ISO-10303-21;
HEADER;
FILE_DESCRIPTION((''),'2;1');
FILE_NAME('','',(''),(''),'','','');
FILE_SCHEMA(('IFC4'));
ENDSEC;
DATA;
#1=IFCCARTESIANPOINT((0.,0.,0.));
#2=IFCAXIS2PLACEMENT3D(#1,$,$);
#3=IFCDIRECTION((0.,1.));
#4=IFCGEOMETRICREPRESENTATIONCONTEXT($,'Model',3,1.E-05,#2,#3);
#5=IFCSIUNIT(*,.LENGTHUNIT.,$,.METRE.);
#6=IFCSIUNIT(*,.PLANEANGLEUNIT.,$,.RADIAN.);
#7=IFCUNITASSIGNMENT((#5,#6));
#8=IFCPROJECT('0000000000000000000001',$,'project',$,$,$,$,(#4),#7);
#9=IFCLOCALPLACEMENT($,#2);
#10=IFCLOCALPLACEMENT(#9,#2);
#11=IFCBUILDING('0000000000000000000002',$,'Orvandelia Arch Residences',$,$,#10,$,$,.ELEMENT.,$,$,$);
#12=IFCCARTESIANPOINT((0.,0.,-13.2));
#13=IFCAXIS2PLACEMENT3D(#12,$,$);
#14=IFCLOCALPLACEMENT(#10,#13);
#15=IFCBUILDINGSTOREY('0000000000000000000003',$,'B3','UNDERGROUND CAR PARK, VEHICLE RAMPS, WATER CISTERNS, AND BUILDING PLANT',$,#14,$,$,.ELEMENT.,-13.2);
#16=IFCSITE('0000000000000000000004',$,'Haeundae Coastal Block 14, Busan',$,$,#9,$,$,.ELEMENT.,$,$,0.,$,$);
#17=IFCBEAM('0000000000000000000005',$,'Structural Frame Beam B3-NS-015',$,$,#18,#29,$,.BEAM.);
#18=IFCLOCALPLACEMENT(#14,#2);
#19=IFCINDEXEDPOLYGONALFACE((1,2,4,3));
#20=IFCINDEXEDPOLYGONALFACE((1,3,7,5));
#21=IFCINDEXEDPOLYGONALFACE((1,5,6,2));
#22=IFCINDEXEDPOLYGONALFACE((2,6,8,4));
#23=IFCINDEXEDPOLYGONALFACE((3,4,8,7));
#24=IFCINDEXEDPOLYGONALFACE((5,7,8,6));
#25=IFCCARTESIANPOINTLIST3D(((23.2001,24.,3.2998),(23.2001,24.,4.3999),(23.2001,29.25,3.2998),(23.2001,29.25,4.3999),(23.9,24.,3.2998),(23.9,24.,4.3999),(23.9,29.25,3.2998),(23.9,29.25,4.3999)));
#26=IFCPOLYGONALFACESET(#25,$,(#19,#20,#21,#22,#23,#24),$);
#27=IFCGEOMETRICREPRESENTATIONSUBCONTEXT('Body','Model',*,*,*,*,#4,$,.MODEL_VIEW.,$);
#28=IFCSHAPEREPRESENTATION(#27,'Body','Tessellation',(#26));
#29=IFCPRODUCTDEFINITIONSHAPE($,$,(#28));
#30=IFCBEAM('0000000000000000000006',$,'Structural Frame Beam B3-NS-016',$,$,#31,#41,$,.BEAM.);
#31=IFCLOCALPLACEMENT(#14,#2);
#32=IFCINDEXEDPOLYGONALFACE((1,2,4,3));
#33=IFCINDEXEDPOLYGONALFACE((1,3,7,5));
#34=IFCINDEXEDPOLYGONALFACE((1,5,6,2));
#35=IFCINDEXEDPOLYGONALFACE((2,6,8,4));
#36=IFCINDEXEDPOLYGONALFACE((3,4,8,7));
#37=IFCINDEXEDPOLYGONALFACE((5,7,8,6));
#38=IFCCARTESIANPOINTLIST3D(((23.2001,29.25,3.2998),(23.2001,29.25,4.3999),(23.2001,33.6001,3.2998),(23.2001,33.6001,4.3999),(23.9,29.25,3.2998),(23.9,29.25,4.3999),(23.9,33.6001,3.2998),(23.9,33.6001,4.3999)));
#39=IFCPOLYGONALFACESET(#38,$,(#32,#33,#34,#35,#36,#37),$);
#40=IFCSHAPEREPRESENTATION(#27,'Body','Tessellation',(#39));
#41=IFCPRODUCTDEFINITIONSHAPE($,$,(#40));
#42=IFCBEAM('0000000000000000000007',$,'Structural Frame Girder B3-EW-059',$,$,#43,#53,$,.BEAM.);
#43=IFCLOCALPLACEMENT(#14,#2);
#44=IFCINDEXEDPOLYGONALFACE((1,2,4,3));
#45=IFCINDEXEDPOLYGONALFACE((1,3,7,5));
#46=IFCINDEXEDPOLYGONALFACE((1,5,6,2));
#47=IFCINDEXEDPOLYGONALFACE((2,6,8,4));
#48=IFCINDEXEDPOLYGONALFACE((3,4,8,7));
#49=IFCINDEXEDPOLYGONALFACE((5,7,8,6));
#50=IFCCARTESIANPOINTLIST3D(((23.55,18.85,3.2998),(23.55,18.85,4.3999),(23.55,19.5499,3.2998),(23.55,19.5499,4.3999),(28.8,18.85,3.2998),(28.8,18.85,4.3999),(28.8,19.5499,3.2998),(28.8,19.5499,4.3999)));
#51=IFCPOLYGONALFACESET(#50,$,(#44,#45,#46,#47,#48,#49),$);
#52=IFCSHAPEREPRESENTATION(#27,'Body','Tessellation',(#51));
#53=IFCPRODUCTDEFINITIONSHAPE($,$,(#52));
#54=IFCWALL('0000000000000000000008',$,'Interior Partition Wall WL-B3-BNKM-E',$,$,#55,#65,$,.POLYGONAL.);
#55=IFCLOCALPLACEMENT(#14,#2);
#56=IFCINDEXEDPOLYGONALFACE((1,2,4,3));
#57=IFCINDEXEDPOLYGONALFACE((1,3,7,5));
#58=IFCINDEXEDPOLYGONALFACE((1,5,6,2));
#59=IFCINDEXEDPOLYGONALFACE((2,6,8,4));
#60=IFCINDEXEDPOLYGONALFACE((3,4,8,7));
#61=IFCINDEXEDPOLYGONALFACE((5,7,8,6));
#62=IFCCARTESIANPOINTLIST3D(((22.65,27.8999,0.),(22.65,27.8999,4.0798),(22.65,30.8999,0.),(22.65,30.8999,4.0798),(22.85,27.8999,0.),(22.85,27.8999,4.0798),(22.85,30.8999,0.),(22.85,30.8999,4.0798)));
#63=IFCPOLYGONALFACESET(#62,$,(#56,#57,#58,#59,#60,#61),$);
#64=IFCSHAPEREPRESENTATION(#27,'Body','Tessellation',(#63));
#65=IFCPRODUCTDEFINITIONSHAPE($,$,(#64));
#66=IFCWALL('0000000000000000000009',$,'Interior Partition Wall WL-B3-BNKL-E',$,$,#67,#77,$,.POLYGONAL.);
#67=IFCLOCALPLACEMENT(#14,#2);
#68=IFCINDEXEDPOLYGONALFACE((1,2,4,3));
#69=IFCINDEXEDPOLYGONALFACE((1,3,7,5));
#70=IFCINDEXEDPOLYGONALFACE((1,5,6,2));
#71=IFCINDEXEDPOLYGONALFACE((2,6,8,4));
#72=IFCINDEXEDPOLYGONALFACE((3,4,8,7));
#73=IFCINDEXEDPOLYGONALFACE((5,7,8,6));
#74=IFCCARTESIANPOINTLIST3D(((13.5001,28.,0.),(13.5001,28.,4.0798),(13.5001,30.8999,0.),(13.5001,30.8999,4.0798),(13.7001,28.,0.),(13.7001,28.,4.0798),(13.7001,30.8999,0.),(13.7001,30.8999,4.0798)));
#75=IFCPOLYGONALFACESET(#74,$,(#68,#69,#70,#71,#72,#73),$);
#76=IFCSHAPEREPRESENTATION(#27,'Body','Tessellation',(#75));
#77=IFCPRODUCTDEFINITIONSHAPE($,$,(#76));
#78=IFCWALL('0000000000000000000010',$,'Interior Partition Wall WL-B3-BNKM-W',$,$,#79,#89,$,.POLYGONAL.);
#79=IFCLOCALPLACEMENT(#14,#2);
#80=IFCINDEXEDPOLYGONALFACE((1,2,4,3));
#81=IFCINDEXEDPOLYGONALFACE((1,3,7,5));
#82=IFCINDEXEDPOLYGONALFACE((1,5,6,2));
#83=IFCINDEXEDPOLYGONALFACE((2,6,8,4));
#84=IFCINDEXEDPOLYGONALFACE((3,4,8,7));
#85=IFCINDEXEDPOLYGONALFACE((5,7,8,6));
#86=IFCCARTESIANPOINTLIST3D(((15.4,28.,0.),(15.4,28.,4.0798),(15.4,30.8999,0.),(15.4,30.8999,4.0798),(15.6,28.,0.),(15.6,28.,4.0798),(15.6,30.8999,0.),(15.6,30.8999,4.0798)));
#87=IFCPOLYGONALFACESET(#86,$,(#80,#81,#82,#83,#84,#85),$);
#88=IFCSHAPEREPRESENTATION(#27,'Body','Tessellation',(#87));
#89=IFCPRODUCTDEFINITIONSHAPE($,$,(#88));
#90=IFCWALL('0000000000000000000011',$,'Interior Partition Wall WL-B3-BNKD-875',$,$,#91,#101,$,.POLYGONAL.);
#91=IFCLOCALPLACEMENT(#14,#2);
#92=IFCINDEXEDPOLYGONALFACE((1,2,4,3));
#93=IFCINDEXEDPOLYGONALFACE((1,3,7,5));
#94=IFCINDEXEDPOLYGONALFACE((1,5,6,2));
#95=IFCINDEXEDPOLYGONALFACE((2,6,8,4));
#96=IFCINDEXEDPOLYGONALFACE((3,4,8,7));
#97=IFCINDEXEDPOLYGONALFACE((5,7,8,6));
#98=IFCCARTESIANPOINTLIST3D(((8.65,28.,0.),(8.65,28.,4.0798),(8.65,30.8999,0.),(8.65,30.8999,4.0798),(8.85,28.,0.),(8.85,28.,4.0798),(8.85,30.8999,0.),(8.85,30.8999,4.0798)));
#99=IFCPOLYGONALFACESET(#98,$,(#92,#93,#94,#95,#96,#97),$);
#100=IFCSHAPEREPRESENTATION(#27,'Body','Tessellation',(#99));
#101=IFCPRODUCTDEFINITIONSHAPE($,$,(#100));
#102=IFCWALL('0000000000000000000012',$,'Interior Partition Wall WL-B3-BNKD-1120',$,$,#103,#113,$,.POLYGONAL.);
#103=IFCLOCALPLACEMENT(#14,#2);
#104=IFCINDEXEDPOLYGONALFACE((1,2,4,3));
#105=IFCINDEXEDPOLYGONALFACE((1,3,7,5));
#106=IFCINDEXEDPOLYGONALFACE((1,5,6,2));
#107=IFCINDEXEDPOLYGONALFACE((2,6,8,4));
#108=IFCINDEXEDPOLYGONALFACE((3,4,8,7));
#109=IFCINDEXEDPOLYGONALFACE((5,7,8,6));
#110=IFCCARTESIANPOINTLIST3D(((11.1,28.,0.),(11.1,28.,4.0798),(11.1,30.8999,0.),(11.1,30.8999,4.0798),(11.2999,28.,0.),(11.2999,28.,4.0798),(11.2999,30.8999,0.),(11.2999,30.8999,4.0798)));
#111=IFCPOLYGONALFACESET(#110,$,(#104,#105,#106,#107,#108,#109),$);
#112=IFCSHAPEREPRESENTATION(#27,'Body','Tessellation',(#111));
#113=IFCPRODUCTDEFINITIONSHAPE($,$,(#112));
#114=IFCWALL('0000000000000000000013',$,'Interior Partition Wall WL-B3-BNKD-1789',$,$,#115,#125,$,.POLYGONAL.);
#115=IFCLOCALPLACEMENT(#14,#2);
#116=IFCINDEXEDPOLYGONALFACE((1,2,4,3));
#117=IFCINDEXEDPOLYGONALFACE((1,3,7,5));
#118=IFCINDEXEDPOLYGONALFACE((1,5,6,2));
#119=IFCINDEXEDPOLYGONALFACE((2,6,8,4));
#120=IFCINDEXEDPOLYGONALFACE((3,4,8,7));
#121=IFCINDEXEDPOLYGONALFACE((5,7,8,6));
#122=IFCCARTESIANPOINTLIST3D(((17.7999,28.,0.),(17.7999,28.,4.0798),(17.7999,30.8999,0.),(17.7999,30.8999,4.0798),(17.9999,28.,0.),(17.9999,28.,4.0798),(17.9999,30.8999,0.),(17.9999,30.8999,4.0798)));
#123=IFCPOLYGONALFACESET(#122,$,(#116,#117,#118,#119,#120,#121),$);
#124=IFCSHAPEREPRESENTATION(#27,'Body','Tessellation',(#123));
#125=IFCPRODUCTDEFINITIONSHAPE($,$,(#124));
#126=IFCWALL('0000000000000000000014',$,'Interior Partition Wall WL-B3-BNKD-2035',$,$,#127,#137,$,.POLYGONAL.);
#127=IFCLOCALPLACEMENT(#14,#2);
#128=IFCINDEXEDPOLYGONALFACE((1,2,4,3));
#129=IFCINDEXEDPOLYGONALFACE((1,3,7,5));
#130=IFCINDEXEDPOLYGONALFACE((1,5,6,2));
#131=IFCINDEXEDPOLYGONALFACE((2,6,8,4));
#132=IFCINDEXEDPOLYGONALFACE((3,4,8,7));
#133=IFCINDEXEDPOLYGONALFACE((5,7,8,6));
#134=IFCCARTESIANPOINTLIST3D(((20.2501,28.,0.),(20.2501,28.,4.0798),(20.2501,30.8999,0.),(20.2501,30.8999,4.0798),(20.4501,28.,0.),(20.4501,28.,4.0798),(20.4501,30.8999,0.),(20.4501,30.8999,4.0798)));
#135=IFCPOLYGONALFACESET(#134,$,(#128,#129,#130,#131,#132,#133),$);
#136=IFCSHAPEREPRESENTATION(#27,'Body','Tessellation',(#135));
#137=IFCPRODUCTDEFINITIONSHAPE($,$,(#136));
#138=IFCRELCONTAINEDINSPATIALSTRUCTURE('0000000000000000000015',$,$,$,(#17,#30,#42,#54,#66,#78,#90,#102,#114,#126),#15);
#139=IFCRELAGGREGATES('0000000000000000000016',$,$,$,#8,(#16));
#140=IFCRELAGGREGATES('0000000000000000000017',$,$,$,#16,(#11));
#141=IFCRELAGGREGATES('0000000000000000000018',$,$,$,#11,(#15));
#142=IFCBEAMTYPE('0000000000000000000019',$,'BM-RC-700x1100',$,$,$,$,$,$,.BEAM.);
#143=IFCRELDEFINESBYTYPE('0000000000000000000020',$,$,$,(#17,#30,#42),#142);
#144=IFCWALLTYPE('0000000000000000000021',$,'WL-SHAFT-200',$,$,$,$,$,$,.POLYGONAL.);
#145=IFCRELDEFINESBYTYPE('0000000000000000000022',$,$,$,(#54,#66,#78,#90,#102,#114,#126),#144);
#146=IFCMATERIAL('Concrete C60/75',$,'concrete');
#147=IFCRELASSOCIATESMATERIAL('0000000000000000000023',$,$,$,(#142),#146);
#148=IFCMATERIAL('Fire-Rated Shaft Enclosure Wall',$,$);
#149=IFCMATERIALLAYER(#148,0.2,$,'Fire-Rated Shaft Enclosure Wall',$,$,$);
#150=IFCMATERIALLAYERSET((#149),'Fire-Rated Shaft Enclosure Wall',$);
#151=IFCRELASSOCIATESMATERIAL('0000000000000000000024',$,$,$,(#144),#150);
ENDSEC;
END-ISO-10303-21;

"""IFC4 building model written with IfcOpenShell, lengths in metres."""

from ifc_helpers import new_model, si_unit, direction, frame, frame_2d, origin, origin_2d, place, context, subcontext, project, spatial, rectangle, extrude, material, layer, layer_set, material_profile, profile_set, type_object, element, save


model = new_model("IFC4")

# Units and contexts
model_context = context("Model", 3, precision=1e-05, world=origin(), true_north=direction((0.0, 1.0)))
body_context = subcontext(model_context, "Body", "Model", "MODEL_VIEW")
ifc_project = project(units=[si_unit("LENGTHUNIT", "METRE"), si_unit("PLANEANGLEUNIT", "RADIAN")], contexts=[model_context])

# Site, building, storey
site_placement = place(None, origin())
site = spatial("IfcSite", under=ifc_project, at=site_placement, Name="Haeundae Coastal Block 14, Busan", CompositionType="ELEMENT", RefElevation=0.0)
building_placement = place(site_placement, origin())
building = spatial("IfcBuilding", under=site, at=building_placement, Name="Orvandelia Arch Residences", CompositionType="ELEMENT")
storey_placement = place(building_placement, frame((0.0, 0.0, -13.2)))
storey = spatial("IfcBuildingStorey", under=building, at=storey_placement, Name="B3", Description="UNDERGROUND CAR PARK, VEHICLE RAMPS, WATER CISTERNS, AND BUILDING PLANT", CompositionType="ELEMENT", Elevation=-13.2)

# Beams
ifc_material_1 = material(Name="Concrete C60/75", Category="concrete")
ifc_material_profile_1 = material_profile(ifc_material_1, rectangle(XDim=0.7, YDim=1.1001, at=origin_2d()), Name="Concrete C60/75", Category="concrete")
ifc_profile_set_1 = profile_set([ifc_material_profile_1], Name="Concrete C60/75")
beam_type = type_object("IfcBeamType", Name="BM-RC-700x1100", PredefinedType="BEAM", material=ifc_profile_set_1)
beam_1_placement = place(storey_placement, frame((23.55, 24.0, 3.8499), z_axis=(0.0, 1.0, 0.0), x_axis=(-1.0, 0.0, 0.0)))
element("IfcBeam", 1, at=beam_1_placement, inside=storey, type_object=beam_type, Name="Structural Frame Beam B3-NS-015", PredefinedType="BEAM", context=body_context, shape_type="SweptSolid", body=[
    extrude(rectangle(XDim=0.7, YDim=1.1001, at=origin_2d()), origin(), (0.0, 0.0, 1.0), 5.25),
])
beam_2_placement = place(storey_placement, frame((23.55, 29.25, 3.8499), z_axis=(0.0, 1.0, 0.0), x_axis=(-1.0, 0.0, 0.0)))
element("IfcBeam", 2, at=beam_2_placement, inside=storey, type_object=beam_type, Name="Structural Frame Beam B3-NS-016", PredefinedType="BEAM", context=body_context, shape_type="SweptSolid", body=[
    extrude(rectangle(XDim=0.7, YDim=1.1001, at=origin_2d()), origin(), (0.0, 0.0, 1.0), 4.3501),
])
beam_3_placement = place(storey_placement, frame((23.55, 19.2, 3.8499), z_axis=(1.0, 0.0, 0.0), x_axis=(0.0, 1.0, 0.0)))
element("IfcBeam", 3, at=beam_3_placement, inside=storey, type_object=beam_type, Name="Structural Frame Girder B3-EW-059", PredefinedType="BEAM", context=body_context, shape_type="SweptSolid", body=[
    extrude(rectangle(XDim=0.7, YDim=1.1001, at=origin_2d()), origin(), (0.0, 0.0, 1.0), 5.25),
])

# Shared definitions
ifc_material_2 = material(Name="Fire-Rated Shaft Enclosure Wall")
ifc_layer = layer(ifc_material_2, 0.2, Name="Fire-Rated Shaft Enclosure Wall")
ifc_layer_set = layer_set([ifc_layer], Name="Fire-Rated Shaft Enclosure Wall")
wall_type = type_object("IfcWallType", Name="WL-SHAFT-200", PredefinedType="POLYGONAL", material=ifc_layer_set)

# Walls
wall_1_placement = place(storey_placement, frame((22.75, 27.8999, 0.0), z_axis=(0.0, 0.0, 1.0), x_axis=(0.0, 1.0, 0.0)))
element("IfcWall", 4, at=wall_1_placement, inside=storey, type_object=wall_type, Name="Interior Partition Wall WL-B3-BNKM-E", PredefinedType="POLYGONAL", context=body_context, shape_type="SweptSolid", body=[
    extrude(rectangle(XDim=3.0, YDim=0.2, at=frame_2d((1.5, 0.0))), origin(), (0.0, 0.0, 1.0), 4.0798),
])
for number, where, z_axis, x_axis, name in (
    (5, (13.6001, 28.0, 0.0), (0.0, 0.0, 1.0), (0.0, 1.0, 0.0), "Interior Partition Wall WL-B3-BNKL-E"),
    (6, (15.5, 28.0, 0.0), (0.0, 0.0, 1.0), (0.0, 1.0, 0.0), "Interior Partition Wall WL-B3-BNKM-W"),
    (7, (8.75, 28.0, 0.0), (0.0, 0.0, 1.0), (0.0, 1.0, 0.0), "Interior Partition Wall WL-B3-BNKD-875"),
    (8, (11.2, 28.0, 0.0), (0.0, 0.0, 1.0), (0.0, 1.0, 0.0), "Interior Partition Wall WL-B3-BNKD-1120"),
    (9, (17.8999, 28.0, 0.0), (0.0, 0.0, 1.0), (0.0, 1.0, 0.0), "Interior Partition Wall WL-B3-BNKD-1789"),
    (10, (20.3501, 28.0, 0.0), (0.0, 0.0, 1.0), (0.0, 1.0, 0.0), "Interior Partition Wall WL-B3-BNKD-2035"),
):
    element("IfcWall", number, at=place(storey_placement, frame(where, z_axis=z_axis, x_axis=x_axis)), inside=storey, type_object=wall_type, Name=name, PredefinedType="POLYGONAL", context=body_context, shape_type="SweptSolid", body=[
        extrude(rectangle(XDim=2.8999, YDim=0.2, at=frame_2d((1.45, 0.0))), origin(), (0.0, 0.0, 1.0), 4.0798),
    ])

save(model, "model.ifc")
